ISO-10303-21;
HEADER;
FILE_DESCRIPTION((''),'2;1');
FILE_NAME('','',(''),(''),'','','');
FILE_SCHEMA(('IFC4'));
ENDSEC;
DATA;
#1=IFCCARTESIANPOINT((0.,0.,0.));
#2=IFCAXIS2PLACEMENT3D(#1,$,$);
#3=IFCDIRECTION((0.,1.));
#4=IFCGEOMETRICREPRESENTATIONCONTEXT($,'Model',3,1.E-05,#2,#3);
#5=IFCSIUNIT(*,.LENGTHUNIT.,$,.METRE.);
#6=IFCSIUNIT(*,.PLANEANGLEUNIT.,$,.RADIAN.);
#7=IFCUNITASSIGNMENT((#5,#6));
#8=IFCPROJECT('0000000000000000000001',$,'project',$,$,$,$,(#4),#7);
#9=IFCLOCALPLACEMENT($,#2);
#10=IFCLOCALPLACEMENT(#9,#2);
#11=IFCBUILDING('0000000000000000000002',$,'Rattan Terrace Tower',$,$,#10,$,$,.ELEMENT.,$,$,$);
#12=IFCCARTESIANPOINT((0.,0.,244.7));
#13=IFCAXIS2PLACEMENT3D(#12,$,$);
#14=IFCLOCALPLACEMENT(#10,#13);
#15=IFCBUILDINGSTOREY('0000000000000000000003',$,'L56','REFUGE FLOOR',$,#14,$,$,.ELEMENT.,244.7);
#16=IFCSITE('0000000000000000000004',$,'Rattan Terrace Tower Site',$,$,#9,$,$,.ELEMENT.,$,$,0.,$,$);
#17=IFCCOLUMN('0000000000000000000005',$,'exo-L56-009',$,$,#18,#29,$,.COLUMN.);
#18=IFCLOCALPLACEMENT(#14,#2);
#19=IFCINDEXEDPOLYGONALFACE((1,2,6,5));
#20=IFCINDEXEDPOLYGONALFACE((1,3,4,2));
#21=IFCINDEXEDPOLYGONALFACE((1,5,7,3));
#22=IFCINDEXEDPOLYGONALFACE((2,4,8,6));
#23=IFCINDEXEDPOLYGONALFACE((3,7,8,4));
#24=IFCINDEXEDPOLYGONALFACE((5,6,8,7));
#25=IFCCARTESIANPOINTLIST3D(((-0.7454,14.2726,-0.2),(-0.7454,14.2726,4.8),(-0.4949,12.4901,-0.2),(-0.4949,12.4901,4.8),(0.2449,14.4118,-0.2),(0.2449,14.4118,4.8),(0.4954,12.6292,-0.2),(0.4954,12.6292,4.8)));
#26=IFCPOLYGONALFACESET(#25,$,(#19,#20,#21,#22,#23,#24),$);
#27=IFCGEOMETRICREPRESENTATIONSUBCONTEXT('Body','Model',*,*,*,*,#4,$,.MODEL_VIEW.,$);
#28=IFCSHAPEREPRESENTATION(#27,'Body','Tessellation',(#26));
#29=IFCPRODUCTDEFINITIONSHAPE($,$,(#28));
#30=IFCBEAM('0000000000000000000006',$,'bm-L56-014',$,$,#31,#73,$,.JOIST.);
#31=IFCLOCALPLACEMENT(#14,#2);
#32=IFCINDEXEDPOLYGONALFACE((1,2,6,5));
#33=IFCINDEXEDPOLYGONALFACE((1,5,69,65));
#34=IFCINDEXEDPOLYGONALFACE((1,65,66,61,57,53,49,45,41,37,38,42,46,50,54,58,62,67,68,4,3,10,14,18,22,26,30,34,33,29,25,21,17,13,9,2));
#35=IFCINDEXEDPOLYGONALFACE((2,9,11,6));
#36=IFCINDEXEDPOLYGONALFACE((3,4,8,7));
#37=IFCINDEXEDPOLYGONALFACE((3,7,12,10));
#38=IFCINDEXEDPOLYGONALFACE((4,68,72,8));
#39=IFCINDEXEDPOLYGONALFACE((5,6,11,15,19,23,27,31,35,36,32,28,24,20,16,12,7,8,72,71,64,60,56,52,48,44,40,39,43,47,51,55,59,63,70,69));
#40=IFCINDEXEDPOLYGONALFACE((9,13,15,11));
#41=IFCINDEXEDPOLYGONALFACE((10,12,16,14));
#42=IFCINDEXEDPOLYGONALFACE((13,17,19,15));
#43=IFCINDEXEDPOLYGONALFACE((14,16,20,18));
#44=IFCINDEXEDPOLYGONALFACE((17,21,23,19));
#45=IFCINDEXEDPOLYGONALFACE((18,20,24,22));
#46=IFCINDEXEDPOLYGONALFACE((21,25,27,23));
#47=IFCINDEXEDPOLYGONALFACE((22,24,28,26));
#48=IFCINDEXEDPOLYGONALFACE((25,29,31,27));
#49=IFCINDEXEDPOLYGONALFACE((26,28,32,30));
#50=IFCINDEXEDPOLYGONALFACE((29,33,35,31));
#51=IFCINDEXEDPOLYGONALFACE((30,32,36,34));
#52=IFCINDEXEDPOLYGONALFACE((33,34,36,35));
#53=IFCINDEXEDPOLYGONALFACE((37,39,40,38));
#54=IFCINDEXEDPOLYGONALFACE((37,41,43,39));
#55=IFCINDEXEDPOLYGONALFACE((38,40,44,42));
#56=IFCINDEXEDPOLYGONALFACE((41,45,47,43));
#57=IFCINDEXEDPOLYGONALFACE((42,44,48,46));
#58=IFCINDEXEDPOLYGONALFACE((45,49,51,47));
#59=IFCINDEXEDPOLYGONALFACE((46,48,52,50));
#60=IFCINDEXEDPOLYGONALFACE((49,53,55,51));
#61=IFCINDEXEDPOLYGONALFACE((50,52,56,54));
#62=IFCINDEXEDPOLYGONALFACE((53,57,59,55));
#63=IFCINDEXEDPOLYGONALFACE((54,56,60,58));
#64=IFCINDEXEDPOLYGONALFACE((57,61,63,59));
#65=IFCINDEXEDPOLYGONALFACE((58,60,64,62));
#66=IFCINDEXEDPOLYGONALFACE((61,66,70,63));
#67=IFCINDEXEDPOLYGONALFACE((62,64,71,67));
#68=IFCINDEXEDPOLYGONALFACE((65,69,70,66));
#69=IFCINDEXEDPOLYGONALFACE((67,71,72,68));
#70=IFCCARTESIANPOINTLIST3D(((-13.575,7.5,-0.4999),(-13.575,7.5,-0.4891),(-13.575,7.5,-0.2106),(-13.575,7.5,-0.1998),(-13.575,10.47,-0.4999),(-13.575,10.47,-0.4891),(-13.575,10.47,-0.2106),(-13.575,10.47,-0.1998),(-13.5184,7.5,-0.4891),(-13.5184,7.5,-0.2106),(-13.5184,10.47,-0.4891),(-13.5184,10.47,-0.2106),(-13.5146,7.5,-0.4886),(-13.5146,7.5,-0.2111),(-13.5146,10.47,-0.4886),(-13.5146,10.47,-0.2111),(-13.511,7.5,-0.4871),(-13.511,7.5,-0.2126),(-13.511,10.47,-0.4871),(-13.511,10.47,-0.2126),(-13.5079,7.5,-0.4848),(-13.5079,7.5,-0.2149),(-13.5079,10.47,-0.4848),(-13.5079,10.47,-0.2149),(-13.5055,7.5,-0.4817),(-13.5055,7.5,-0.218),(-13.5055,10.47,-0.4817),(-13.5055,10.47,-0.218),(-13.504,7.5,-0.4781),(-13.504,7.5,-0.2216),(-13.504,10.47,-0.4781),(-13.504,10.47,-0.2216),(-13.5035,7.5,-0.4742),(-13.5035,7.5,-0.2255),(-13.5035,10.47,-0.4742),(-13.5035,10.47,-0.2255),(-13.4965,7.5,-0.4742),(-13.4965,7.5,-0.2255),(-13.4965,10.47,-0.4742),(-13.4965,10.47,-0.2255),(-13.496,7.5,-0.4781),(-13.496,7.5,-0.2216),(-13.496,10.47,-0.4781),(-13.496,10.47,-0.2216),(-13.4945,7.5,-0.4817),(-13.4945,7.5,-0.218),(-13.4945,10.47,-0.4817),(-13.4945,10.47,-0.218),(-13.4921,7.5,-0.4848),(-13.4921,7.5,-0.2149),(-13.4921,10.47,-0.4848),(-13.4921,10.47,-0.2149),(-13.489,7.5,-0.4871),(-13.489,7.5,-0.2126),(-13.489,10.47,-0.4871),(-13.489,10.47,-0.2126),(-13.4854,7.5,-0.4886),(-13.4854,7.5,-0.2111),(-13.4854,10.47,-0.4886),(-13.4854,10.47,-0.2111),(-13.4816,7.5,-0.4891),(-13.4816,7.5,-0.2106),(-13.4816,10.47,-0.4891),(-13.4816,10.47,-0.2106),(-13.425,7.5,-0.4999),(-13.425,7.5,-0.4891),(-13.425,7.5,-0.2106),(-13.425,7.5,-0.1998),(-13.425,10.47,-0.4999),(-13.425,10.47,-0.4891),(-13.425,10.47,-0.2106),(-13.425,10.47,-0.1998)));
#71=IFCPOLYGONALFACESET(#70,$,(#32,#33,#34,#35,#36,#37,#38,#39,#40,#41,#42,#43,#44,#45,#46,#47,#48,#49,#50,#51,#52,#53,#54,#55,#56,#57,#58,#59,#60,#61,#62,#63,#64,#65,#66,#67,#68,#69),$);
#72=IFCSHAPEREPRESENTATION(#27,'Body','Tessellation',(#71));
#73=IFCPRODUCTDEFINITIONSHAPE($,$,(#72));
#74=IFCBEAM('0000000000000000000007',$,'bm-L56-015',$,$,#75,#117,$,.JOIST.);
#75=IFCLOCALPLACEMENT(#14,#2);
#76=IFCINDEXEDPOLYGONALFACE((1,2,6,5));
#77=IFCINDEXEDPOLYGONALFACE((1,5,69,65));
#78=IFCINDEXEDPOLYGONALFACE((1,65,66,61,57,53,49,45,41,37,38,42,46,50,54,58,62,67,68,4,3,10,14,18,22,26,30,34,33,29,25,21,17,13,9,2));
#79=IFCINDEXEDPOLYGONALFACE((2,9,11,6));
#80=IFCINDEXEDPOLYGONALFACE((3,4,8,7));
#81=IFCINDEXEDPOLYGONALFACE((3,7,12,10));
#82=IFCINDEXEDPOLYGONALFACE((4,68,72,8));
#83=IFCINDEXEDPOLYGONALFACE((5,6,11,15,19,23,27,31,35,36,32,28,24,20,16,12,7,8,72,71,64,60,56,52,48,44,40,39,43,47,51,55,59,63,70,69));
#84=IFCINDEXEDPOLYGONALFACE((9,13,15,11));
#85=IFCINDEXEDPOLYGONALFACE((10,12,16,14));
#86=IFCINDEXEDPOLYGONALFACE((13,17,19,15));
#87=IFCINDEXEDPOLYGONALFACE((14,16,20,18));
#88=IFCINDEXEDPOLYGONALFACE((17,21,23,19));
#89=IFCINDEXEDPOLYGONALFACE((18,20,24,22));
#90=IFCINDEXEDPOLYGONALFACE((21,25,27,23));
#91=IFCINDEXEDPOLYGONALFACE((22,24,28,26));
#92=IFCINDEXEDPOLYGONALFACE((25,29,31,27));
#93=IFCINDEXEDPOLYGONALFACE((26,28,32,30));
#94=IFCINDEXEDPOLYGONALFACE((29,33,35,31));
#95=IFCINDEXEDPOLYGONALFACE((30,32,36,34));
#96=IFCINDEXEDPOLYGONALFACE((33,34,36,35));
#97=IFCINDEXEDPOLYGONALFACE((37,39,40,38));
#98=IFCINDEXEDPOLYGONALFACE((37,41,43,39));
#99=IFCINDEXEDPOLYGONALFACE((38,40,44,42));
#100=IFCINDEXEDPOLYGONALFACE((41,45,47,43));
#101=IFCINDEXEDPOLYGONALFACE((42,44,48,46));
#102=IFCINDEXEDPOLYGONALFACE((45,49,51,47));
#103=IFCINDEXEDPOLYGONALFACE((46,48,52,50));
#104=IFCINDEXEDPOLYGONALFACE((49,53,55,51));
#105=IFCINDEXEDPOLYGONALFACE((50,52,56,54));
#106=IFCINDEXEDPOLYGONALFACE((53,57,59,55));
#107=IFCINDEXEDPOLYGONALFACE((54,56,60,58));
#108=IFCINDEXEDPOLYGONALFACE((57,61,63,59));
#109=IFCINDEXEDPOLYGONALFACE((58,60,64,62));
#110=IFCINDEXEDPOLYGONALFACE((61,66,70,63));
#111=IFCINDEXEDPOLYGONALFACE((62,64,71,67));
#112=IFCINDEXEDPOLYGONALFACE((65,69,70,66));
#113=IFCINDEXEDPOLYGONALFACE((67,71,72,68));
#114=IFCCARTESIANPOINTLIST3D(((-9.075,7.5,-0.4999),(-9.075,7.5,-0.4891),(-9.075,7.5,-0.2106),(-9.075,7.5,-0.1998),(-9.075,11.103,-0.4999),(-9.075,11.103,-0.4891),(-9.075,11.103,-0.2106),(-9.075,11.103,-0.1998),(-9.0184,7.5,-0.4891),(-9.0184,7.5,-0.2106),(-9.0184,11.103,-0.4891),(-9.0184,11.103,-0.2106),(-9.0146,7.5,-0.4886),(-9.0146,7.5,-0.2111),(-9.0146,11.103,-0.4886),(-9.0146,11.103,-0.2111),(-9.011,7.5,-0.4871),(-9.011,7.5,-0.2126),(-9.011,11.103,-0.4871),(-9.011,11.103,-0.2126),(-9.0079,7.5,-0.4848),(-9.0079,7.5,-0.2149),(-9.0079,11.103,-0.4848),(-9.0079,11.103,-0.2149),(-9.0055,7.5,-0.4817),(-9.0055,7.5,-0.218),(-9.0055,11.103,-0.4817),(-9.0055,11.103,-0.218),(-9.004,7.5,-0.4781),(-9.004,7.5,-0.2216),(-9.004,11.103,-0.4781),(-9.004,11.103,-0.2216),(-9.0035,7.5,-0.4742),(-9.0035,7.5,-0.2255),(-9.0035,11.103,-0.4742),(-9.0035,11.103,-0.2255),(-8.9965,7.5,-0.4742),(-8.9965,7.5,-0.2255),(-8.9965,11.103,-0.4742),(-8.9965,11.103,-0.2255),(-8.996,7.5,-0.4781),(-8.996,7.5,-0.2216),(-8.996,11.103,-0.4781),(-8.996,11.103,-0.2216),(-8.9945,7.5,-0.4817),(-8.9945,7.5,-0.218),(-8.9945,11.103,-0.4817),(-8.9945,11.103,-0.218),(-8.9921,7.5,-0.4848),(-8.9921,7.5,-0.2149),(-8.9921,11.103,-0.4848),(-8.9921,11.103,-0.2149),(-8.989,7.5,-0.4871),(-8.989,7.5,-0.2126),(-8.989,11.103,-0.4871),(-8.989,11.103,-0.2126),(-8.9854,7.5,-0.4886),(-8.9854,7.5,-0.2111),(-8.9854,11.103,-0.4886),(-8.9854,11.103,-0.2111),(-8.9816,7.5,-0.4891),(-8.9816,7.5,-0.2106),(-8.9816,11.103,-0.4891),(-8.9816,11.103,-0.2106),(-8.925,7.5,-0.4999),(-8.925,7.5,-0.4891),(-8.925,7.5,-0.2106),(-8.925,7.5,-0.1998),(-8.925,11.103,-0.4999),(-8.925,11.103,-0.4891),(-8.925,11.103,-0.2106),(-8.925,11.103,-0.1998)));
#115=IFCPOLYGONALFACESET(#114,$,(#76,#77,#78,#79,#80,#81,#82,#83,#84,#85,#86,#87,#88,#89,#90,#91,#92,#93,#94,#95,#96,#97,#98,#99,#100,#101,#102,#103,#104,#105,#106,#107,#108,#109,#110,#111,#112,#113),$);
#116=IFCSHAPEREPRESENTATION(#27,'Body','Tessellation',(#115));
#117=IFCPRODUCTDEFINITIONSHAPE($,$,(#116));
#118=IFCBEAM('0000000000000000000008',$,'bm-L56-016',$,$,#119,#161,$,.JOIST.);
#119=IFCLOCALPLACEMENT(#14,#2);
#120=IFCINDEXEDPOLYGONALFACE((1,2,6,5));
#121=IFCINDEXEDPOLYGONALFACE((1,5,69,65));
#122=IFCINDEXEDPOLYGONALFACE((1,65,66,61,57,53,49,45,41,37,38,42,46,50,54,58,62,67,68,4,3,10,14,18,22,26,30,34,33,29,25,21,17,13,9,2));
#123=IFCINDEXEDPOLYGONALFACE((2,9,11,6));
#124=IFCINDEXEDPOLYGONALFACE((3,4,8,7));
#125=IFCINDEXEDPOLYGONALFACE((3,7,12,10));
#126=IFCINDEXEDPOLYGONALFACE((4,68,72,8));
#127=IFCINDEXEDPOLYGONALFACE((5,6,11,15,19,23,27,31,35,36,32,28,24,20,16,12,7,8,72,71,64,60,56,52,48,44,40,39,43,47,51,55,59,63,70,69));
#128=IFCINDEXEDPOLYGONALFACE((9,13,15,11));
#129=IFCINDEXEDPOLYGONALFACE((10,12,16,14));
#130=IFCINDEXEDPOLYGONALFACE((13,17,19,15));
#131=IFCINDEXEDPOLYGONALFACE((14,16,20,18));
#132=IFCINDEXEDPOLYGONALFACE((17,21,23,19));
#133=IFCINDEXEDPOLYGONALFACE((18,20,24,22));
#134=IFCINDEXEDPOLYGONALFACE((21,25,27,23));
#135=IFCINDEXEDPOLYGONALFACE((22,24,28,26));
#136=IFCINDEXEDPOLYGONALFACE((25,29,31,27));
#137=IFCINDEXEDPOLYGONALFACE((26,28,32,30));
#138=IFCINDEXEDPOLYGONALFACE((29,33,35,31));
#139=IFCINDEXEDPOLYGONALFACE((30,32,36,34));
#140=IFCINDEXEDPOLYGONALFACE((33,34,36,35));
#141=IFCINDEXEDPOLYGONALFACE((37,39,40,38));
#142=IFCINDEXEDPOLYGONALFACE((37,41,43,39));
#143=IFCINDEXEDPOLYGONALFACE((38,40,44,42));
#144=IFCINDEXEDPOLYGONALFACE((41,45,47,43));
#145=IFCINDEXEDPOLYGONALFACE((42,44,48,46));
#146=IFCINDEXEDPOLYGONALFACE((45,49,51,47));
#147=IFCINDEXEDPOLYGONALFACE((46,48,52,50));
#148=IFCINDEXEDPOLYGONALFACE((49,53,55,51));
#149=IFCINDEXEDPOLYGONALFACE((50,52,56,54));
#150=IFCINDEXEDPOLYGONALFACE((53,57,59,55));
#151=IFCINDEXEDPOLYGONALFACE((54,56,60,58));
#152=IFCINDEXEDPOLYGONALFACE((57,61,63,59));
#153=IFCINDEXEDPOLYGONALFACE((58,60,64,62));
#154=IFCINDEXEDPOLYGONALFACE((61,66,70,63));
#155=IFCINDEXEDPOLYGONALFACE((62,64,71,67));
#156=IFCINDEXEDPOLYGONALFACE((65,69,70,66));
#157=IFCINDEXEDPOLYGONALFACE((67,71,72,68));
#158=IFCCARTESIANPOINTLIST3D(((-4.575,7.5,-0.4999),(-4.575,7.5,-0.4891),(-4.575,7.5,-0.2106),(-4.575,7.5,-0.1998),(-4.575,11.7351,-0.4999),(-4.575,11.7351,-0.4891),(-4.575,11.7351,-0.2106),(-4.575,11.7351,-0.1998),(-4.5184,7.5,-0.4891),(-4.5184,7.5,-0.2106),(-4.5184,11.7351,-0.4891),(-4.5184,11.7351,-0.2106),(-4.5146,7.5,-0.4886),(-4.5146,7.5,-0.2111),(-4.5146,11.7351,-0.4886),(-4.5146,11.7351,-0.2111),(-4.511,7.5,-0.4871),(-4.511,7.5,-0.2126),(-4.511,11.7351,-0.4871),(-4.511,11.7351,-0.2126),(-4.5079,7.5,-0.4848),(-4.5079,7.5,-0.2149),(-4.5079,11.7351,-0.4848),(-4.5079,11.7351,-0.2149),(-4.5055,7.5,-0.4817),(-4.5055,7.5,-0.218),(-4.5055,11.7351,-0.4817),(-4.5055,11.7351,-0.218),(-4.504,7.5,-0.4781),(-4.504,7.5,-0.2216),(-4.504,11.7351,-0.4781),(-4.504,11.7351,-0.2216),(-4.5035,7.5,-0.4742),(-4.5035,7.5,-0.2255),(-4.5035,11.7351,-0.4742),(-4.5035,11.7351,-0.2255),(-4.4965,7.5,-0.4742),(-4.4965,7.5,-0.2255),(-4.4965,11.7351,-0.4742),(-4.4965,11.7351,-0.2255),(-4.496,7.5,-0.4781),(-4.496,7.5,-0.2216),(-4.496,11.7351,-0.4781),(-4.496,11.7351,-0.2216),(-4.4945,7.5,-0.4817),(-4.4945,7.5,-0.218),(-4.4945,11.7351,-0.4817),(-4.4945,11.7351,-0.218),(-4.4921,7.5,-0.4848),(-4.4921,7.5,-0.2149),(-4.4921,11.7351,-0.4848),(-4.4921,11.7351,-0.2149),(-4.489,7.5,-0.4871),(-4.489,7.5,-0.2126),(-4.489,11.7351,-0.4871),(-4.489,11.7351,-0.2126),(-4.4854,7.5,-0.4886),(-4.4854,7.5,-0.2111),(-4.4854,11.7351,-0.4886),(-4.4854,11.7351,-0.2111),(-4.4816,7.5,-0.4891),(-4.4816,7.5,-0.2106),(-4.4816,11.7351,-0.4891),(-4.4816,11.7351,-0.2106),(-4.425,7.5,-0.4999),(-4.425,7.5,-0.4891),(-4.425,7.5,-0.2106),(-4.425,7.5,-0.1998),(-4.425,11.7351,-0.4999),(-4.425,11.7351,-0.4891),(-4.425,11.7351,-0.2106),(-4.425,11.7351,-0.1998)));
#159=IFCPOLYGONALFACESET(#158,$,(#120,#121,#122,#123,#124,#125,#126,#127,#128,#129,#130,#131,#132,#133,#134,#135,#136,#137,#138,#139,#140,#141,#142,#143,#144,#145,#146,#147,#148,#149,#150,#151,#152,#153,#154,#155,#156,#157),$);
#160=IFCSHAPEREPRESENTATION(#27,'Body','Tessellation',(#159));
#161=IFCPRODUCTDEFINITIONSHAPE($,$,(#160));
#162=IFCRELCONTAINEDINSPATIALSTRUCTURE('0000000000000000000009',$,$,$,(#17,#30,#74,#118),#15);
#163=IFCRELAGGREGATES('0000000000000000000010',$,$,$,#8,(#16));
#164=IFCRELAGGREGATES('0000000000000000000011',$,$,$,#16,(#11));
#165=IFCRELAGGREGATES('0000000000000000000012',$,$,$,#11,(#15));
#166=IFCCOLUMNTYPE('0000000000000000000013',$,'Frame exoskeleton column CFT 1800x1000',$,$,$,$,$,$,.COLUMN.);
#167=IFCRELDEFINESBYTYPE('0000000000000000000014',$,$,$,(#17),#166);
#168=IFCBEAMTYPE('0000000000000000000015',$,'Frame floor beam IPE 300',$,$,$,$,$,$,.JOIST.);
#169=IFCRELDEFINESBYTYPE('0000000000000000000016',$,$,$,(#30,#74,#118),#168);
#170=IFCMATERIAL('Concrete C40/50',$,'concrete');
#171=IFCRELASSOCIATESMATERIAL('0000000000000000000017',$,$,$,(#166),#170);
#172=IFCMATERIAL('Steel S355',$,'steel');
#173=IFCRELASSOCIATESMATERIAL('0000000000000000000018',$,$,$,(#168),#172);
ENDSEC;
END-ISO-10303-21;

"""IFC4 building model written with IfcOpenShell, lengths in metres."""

from ifc_helpers import new_model, si_unit, direction, frame, origin, origin_2d, place, context, subcontext, project, spatial, rectangle, i_section, extrude, material, material_profile, profile_set, type_object, element, save


model = new_model("IFC4")

# Units and contexts
model_context = context("Model", 3, precision=1e-05, world=origin(), true_north=direction((0.0, 1.0)))
body_context = subcontext(model_context, "Body", "Model", "MODEL_VIEW")
ifc_project = project(units=[si_unit("LENGTHUNIT", "METRE"), si_unit("PLANEANGLEUNIT", "RADIAN")], contexts=[model_context])

# Site, building, storey
site_placement = place(None, origin())
site = spatial("IfcSite", under=ifc_project, at=site_placement, Name="Rattan Terrace Tower Site", CompositionType="ELEMENT", RefElevation=0.0)
building_placement = place(site_placement, origin())
building = spatial("IfcBuilding", under=site, at=building_placement, Name="Rattan Terrace Tower", CompositionType="ELEMENT")
storey_placement = place(building_placement, frame((0.0, 0.0, 244.7)))
storey = spatial("IfcBuildingStorey", under=building, at=storey_placement, Name="L56", Description="REFUGE FLOOR", CompositionType="ELEMENT", Elevation=244.7)

# Column
ifc_material_1 = material(Name="Concrete C40/50", Category="concrete")
ifc_material_profile_1 = material_profile(ifc_material_1, rectangle(XDim=1.0, YDim=1.8, at=origin_2d()), Name="CFT 1800x1000")
ifc_profile_set_1 = profile_set([ifc_material_profile_1], Name="Concrete C40/50")
column_type = type_object("IfcColumnType", Name="Frame exoskeleton column CFT 1800x1000", PredefinedType="COLUMN", material=ifc_profile_set_1)
column_placement = place(storey_placement, frame((-0.125, 13.4509, -0.2), z_axis=(0.0, 0.0, 1.0), x_axis=(0.990268, 0.139173, 0.0)))
element("IfcColumn", 1, at=column_placement, inside=storey, type_object=column_type, Name="exo-L56-009", PredefinedType="COLUMN", context=body_context, shape_type="SweptSolid", body=[
    extrude(rectangle(XDim=1.0, YDim=1.8, at=origin_2d()), origin(), (0.0, 0.0, 1.0), 5.0),
])

# Beams
ifc_material_2 = material(Name="Steel S355", Category="steel")
ifc_material_profile_2 = material_profile(ifc_material_2, i_section(OverallWidth=0.1499, OverallDepth=0.3, WebThickness=0.0071, FlangeThickness=0.0107, FilletRadius=0.0149, at=origin_2d()), Name="IPE 300")
ifc_profile_set_2 = profile_set([ifc_material_profile_2], Name="Steel S355")
beam_type_1 = type_object("IfcBeamType", Name="Frame floor beam IPE 300", PredefinedType="JOIST", material=ifc_profile_set_2)
beam_1_placement = place(storey_placement, frame((-13.5, 7.5, -0.3499), z_axis=(0.0, 1.0, 0.0), x_axis=(-1.0, 0.0, 0.0)))
element("IfcBeam", 2, at=beam_1_placement, inside=storey, type_object=beam_type_1, Name="bm-L56-014", PredefinedType="JOIST", context=body_context, shape_type="SweptSolid", body=[
    extrude(i_section(OverallWidth=0.1499, OverallDepth=0.3, WebThickness=0.0071, FlangeThickness=0.0107, FilletRadius=0.0149, at=origin_2d()), origin(), (0.0, 0.0, 1.0), 2.97),
])
beam_2_placement = place(storey_placement, frame((-9.0, 7.5, -0.3499), z_axis=(0.0, 1.0, 0.0), x_axis=(-1.0, 0.0, 0.0)))
element("IfcBeam", 3, at=beam_2_placement, inside=storey, type_object=beam_type_1, Name="bm-L56-015", PredefinedType="JOIST", context=body_context, shape_type="SweptSolid", body=[
    extrude(i_section(OverallWidth=0.1499, OverallDepth=0.3, WebThickness=0.0071, FlangeThickness=0.0107, FilletRadius=0.0149, at=origin_2d()), origin(), (0.0, 0.0, 1.0), 3.603),
])
beam_3_placement = place(storey_placement, frame((-4.5, 7.5, -0.3499), z_axis=(0.0, 1.0, 0.0), x_axis=(-1.0, 0.0, 0.0)))
element("IfcBeam", 4, at=beam_3_placement, inside=storey, type_object=beam_type_1, Name="bm-L56-016", PredefinedType="JOIST", context=body_context, shape_type="SweptSolid", body=[
    extrude(i_section(OverallWidth=0.1499, OverallDepth=0.3, WebThickness=0.0071, FlangeThickness=0.0107, FilletRadius=0.0149, at=origin_2d()), origin(), (0.0, 0.0, 1.0), 4.2351),
])

save(model, "model.ifc")
